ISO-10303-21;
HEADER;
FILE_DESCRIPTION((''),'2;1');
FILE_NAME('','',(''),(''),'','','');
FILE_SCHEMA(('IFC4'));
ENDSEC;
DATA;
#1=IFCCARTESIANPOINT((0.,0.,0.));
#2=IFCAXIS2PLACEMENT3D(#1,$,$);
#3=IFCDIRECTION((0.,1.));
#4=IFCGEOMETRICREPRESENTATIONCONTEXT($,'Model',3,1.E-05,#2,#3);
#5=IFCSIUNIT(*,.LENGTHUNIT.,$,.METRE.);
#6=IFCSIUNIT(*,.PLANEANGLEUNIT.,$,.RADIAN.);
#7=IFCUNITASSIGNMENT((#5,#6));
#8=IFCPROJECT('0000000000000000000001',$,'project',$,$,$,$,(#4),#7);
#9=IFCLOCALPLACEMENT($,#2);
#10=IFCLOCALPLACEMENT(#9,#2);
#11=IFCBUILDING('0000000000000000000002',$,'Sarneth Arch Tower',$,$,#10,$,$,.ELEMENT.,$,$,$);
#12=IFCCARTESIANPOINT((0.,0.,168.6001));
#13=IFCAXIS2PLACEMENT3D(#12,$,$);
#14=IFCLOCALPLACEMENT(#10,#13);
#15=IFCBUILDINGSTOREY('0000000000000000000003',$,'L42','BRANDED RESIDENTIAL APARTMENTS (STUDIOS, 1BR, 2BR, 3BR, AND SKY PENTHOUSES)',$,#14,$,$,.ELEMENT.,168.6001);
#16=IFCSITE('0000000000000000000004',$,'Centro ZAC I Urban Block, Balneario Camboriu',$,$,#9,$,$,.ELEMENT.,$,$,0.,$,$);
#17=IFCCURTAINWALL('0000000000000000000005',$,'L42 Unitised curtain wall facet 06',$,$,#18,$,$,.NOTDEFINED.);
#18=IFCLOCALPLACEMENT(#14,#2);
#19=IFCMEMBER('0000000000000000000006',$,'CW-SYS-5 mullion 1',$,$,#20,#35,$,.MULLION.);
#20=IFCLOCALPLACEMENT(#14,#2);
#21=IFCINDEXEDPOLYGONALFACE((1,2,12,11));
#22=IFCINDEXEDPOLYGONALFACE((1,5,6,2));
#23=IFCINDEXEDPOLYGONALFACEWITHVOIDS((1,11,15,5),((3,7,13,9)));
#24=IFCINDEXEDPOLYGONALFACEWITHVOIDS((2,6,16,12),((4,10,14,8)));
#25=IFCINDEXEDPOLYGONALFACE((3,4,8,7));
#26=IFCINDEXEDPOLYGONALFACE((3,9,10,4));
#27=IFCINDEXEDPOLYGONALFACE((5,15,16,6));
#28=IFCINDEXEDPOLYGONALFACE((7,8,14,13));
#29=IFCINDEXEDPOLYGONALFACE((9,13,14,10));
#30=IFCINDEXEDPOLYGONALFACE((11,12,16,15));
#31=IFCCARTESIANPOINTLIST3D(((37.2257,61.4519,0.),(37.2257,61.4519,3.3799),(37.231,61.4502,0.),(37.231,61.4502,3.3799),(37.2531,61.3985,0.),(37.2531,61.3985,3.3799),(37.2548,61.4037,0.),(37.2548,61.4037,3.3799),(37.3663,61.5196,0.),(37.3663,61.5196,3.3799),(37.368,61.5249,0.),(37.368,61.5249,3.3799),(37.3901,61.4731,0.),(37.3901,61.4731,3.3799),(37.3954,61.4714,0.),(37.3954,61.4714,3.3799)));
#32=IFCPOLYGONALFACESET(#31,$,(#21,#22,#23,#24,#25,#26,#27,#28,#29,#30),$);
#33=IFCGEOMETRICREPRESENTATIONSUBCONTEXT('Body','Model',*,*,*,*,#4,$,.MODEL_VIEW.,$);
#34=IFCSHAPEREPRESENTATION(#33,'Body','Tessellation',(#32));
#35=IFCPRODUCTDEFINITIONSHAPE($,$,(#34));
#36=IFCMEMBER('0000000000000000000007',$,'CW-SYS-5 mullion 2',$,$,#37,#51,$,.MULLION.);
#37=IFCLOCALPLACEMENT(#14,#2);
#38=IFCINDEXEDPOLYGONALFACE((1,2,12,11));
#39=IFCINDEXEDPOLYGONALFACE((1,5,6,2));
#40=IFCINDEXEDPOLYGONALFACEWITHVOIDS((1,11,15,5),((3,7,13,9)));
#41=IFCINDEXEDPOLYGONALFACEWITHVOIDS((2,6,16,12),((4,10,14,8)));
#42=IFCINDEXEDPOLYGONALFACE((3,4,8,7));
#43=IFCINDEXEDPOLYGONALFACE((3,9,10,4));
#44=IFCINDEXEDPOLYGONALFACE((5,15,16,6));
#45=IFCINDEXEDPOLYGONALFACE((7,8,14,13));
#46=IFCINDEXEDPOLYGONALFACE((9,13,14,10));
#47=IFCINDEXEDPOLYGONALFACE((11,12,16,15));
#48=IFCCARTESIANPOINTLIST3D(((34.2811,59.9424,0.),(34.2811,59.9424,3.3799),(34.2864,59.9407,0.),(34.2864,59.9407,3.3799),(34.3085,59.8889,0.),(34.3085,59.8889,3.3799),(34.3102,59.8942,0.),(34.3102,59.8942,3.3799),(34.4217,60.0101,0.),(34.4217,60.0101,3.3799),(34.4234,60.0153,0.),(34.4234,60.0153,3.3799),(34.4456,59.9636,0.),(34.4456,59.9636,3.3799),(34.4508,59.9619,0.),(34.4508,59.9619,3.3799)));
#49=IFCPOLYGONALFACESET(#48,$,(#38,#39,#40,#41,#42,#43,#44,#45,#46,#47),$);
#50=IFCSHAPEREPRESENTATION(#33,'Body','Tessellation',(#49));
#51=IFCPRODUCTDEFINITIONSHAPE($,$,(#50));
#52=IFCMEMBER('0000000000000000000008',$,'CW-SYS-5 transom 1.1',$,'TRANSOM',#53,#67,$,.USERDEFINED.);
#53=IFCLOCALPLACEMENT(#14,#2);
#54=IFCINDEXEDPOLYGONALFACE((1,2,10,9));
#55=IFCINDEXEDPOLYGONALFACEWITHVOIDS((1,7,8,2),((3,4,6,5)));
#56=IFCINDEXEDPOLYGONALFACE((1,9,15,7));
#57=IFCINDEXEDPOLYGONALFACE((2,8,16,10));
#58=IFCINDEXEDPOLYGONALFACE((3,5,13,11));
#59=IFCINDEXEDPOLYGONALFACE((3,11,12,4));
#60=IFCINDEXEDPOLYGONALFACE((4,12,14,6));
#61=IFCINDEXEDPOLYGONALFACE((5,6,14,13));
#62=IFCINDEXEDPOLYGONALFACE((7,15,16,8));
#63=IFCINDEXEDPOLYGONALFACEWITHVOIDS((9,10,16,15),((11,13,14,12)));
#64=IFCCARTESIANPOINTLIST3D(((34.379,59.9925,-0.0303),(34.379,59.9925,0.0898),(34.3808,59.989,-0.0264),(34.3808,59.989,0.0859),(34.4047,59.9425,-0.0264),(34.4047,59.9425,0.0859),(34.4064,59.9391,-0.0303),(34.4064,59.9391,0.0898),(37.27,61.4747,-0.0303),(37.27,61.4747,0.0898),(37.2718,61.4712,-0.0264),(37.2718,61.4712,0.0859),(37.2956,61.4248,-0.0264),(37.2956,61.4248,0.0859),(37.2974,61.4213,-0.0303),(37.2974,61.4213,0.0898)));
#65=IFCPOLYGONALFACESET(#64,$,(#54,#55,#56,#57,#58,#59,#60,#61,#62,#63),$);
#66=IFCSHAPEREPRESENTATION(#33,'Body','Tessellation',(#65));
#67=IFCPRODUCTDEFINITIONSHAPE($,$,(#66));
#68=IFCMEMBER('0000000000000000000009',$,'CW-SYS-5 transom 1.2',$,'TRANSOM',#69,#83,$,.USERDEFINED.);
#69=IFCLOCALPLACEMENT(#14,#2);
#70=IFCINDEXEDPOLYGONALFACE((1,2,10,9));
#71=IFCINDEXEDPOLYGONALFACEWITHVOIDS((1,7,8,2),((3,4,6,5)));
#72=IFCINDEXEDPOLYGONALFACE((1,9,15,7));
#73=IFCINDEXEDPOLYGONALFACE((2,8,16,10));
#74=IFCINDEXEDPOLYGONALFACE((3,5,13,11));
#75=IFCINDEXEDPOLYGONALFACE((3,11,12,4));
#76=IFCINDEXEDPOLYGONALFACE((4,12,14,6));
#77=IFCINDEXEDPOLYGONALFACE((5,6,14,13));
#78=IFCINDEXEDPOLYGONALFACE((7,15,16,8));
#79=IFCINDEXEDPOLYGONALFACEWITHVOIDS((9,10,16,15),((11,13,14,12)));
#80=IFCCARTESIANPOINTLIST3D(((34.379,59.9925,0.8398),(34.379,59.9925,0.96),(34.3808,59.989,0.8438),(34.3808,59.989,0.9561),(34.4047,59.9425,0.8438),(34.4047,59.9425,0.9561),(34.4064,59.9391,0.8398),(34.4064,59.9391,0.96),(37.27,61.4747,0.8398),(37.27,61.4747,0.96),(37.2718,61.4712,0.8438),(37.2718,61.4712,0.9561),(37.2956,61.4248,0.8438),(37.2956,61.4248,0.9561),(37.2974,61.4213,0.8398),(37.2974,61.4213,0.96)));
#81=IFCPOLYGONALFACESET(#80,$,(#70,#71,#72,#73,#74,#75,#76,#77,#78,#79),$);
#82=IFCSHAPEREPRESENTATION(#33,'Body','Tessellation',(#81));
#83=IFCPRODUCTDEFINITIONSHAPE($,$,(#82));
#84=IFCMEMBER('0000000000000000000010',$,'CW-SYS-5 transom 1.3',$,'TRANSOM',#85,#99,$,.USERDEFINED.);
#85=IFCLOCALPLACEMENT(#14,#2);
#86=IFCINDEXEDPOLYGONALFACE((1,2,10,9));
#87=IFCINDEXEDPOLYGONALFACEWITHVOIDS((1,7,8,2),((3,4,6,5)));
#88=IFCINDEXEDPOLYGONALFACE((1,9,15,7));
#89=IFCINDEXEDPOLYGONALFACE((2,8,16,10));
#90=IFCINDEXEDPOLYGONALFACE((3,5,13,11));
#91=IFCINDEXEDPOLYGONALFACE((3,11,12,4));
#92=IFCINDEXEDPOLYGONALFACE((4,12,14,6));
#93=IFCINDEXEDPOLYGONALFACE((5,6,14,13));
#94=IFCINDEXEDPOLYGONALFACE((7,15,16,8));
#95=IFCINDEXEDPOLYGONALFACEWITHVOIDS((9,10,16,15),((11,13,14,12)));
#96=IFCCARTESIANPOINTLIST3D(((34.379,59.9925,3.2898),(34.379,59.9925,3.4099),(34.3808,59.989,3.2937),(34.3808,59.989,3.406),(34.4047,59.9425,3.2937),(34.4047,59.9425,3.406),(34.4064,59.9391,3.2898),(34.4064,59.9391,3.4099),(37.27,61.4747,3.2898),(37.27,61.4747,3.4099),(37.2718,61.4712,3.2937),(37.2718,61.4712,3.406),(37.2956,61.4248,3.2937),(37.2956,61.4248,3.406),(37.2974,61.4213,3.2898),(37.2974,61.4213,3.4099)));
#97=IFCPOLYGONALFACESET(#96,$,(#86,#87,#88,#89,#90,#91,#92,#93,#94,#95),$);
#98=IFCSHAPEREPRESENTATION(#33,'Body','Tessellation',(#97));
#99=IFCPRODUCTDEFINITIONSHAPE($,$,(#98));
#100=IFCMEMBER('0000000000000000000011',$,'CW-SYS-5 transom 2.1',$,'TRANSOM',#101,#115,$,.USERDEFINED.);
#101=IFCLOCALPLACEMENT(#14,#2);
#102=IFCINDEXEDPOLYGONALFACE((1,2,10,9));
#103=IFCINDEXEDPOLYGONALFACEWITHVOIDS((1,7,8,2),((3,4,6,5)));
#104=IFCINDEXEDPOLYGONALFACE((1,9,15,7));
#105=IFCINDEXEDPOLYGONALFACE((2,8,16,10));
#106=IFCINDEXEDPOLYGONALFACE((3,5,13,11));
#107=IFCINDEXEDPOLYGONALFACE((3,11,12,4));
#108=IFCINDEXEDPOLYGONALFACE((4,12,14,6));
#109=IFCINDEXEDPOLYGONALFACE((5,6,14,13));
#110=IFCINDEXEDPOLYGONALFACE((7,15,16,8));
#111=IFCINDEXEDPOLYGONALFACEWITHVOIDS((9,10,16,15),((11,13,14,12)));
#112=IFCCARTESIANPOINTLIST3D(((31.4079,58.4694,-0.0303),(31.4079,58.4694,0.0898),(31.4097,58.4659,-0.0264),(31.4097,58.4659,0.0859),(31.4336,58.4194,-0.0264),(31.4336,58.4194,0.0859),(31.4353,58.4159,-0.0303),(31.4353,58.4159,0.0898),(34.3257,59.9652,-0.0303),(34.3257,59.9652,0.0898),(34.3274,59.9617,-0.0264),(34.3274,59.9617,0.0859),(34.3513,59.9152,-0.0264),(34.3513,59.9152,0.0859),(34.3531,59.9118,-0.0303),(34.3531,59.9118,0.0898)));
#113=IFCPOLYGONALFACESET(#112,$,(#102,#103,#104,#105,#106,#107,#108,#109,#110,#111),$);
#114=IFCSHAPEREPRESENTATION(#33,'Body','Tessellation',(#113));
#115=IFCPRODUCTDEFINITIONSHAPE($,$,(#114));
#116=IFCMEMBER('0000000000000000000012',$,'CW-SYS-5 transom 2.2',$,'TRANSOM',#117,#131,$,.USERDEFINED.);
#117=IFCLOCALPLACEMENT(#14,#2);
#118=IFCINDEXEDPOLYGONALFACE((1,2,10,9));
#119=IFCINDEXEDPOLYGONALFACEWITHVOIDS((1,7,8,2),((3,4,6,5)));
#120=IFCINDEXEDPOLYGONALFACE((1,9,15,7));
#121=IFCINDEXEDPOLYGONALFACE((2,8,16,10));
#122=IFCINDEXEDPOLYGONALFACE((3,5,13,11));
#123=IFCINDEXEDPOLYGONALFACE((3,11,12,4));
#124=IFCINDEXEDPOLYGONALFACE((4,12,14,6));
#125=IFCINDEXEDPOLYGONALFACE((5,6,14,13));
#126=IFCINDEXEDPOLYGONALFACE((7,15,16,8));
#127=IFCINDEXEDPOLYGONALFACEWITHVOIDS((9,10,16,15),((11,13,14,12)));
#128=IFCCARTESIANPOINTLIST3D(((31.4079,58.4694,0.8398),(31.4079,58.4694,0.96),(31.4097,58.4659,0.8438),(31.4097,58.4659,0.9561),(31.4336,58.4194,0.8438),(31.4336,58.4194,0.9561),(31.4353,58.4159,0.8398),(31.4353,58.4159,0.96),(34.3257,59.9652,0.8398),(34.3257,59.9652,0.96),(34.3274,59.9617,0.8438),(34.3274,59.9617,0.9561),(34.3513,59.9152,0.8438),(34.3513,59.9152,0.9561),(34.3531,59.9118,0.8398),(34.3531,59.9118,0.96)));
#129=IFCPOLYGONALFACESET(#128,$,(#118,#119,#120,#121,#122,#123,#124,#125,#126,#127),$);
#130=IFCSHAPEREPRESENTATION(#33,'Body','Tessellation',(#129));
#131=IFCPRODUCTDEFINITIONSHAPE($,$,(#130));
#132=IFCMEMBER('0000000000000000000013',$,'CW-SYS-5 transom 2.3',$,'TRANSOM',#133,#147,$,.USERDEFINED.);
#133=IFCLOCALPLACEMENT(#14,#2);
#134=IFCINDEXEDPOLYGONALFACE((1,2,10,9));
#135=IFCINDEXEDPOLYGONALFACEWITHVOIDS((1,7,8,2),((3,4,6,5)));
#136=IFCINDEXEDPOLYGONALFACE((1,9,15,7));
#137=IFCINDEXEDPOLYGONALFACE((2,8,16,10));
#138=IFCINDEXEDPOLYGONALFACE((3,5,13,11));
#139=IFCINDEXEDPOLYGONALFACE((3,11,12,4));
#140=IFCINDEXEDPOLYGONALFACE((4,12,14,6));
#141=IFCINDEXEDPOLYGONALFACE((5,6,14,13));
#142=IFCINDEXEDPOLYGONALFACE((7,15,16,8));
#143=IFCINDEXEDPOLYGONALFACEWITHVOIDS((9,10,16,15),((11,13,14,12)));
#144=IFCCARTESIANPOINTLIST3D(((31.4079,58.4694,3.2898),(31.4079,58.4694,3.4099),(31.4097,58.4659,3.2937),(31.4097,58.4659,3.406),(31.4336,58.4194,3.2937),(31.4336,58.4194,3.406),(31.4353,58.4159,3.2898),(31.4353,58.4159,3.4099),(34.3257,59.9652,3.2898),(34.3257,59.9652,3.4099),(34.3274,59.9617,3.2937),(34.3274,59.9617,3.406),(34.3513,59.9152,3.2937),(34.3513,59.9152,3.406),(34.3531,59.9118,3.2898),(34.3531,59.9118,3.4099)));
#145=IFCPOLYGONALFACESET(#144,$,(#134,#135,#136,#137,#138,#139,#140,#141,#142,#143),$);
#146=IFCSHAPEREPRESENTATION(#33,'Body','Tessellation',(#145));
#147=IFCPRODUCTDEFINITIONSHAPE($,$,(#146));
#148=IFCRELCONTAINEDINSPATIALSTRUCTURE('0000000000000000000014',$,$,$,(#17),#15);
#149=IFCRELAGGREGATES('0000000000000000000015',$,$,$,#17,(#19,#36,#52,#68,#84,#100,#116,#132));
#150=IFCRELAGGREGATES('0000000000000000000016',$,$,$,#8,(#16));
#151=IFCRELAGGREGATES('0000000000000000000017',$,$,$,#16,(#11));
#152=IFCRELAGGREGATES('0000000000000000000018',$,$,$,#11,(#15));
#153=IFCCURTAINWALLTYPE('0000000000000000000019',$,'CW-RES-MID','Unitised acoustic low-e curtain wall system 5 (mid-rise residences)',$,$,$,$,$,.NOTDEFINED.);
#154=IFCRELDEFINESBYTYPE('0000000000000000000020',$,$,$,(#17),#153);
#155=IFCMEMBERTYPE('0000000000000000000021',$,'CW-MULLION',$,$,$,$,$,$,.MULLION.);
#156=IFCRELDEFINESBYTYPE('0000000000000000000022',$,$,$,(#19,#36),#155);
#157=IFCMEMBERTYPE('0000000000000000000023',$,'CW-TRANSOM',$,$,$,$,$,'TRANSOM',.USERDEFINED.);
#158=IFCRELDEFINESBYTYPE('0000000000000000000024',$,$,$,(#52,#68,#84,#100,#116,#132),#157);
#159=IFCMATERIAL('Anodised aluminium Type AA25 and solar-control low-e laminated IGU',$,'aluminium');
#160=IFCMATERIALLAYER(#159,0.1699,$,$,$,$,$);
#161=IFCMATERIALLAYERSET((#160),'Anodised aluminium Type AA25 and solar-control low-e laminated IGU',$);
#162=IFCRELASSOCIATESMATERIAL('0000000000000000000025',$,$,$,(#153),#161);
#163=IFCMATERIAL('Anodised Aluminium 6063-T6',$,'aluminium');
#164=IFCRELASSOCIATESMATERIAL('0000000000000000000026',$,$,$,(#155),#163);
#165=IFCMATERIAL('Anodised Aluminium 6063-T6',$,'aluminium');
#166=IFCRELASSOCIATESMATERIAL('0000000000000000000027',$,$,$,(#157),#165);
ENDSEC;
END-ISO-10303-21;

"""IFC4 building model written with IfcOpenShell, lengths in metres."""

from ifc_helpers import new_model, si_unit, direction, frame, origin, origin_2d, place, context, subcontext, project, spatial, hollow_rectangle, extrude, material, layer, layer_set, material_profile, profile_set, type_object, element, aggregate, save


model = new_model("IFC4")

# Units and contexts
model_context = context("Model", 3, precision=1e-05, world=origin(), true_north=direction((0.0, 1.0)))
body_context = subcontext(model_context, "Body", "Model", "MODEL_VIEW")
ifc_project = project(units=[si_unit("LENGTHUNIT", "METRE"), si_unit("PLANEANGLEUNIT", "RADIAN")], contexts=[model_context])

# Site, building, storey
site_placement = place(None, origin())
site = spatial("IfcSite", under=ifc_project, at=site_placement, Name="Centro ZAC I Urban Block, Balneario Camboriu", CompositionType="ELEMENT", RefElevation=0.0)
building_placement = place(site_placement, origin())
building = spatial("IfcBuilding", under=site, at=building_placement, Name="Sarneth Arch Tower", CompositionType="ELEMENT")
storey_placement = place(building_placement, frame((0.0, 0.0, 168.6001)))
storey = spatial("IfcBuildingStorey", under=building, at=storey_placement, Name="L42", Description="BRANDED RESIDENTIAL APARTMENTS (STUDIOS, 1BR, 2BR, 3BR, AND SKY PENTHOUSES)", CompositionType="ELEMENT", Elevation=168.6001)

# Curtain wall, members
ifc_material_1 = material(Name="Anodised aluminium Type AA25 and solar-control low-e laminated IGU", Category="aluminium")
ifc_layer_1 = layer(ifc_material_1, 0.1699)
ifc_layer_set_1 = layer_set([ifc_layer_1], Name="Anodised aluminium Type AA25 and solar-control low-e laminated IGU")
curtain_wall_type = type_object("IfcCurtainWallType", Name="CW-RES-MID", Description="Unitised acoustic low-e curtain wall system 5 (mid-rise residences)", PredefinedType="NOTDEFINED", material=ifc_layer_set_1)
curtain_wall_placement = place(storey_placement, origin())
curtain_wall = element("IfcCurtainWall", 1, at=curtain_wall_placement, inside=storey, type_object=curtain_wall_type, Name="L42 Unitised curtain wall facet 06", PredefinedType="NOTDEFINED")
ifc_material_2 = material(Name="Anodised Aluminium 6063-T6", Category="aluminium")
ifc_material_profile_1 = material_profile(ifc_material_2, hollow_rectangle(XDim=0.0601, YDim=0.1599, WallThickness=0.0039, at=origin_2d()), Name="AL-MULL-160x60x4")
ifc_profile_set_1 = profile_set([ifc_material_profile_1], Name="Anodised Aluminium 6063-T6")
member_type_1 = type_object("IfcMemberType", Name="CW-MULLION", PredefinedType="MULLION", material=ifc_profile_set_1)
member_1_placement = place(storey_placement, frame((37.3105, 61.4617, 0.0), z_axis=(0.0, 0.0, 1.0), x_axis=(0.456208, -0.889873, 0.0)))
member_1 = element("IfcMember", 2, at=member_1_placement, type_object=member_type_1, Name="CW-SYS-5 mullion 1", PredefinedType="MULLION", context=body_context, shape_type="SweptSolid", body=[
    extrude(hollow_rectangle(XDim=0.0601, YDim=0.1599, WallThickness=0.0039, at=origin_2d()), origin(), (0.0, 0.0, 1.0), 3.3799),
])
member_2_placement = place(storey_placement, frame((34.366, 59.9521, 0.0), z_axis=(0.0, 0.0, 1.0), x_axis=(0.456208, -0.889873, 0.0)))
member_2 = element("IfcMember", 3, at=member_2_placement, type_object=member_type_1, Name="CW-SYS-5 mullion 2", PredefinedType="MULLION", context=body_context, shape_type="SweptSolid", body=[
    extrude(hollow_rectangle(XDim=0.0601, YDim=0.1599, WallThickness=0.0039, at=origin_2d()), origin(), (0.0, 0.0, 1.0), 3.3799),
])
ifc_material_3 = material(Name="Anodised Aluminium 6063-T6", Category="aluminium")
ifc_material_profile_2 = material_profile(ifc_material_3, hollow_rectangle(XDim=0.0601, YDim=0.1201, WallThickness=0.0039, at=origin_2d()), Name="AL-TRAN-120x60x4")
ifc_profile_set_2 = profile_set([ifc_material_profile_2], Name="Anodised Aluminium 6063-T6")
member_type_2 = type_object("IfcMemberType", Name="CW-TRANSOM", ElementType="TRANSOM", PredefinedType="USERDEFINED", material=ifc_profile_set_2)
member_3_placement = place(storey_placement, frame((37.2837, 61.448, 0.0298), z_axis=(-0.889857, -0.456239, 0.0), x_axis=(0.456239, -0.889857, 0.0)))
member_3 = element("IfcMember", 4, at=member_3_placement, type_object=member_type_2, Name="CW-SYS-5 transom 1.1", ObjectType="TRANSOM", PredefinedType="USERDEFINED", context=body_context, shape_type="SweptSolid", body=[
    extrude(hollow_rectangle(XDim=0.0601, YDim=0.1201, WallThickness=0.0039, at=origin_2d()), origin(), (0.0, 0.0, 1.0), 3.2488),
])
member_4_placement = place(storey_placement, frame((37.2837, 61.448, 0.8999), z_axis=(-0.889857, -0.456239, 0.0), x_axis=(0.456239, -0.889857, 0.0)))
member_4 = element("IfcMember", 5, at=member_4_placement, type_object=member_type_2, Name="CW-SYS-5 transom 1.2", ObjectType="TRANSOM", PredefinedType="USERDEFINED", context=body_context, shape_type="SweptSolid", body=[
    extrude(hollow_rectangle(XDim=0.0601, YDim=0.1201, WallThickness=0.0039, at=origin_2d()), origin(), (0.0, 0.0, 1.0), 3.2488),
])
member_5_placement = place(storey_placement, frame((37.2837, 61.448, 3.3499), z_axis=(-0.889857, -0.456239, 0.0), x_axis=(0.456239, -0.889857, 0.0)))
member_5 = element("IfcMember", 6, at=member_5_placement, type_object=member_type_2, Name="CW-SYS-5 transom 1.3", ObjectType="TRANSOM", PredefinedType="USERDEFINED", context=body_context, shape_type="SweptSolid", body=[
    extrude(hollow_rectangle(XDim=0.0601, YDim=0.1201, WallThickness=0.0039, at=origin_2d()), origin(), (0.0, 0.0, 1.0), 3.2488),
])
member_6_placement = place(storey_placement, frame((34.3394, 59.9385, 0.0298), z_axis=(-0.889869, -0.456215, 0.0), x_axis=(0.456215, -0.889869, 0.0)))
member_6 = element("IfcMember", 7, at=member_6_placement, type_object=member_type_2, Name="CW-SYS-5 transom 2.1", ObjectType="TRANSOM", PredefinedType="USERDEFINED", context=body_context, shape_type="SweptSolid", body=[
    extrude(hollow_rectangle(XDim=0.0601, YDim=0.1201, WallThickness=0.0039, at=origin_2d()), origin(), (0.0, 0.0, 1.0), 3.2788),
])
member_7_placement = place(storey_placement, frame((34.3394, 59.9385, 0.8999), z_axis=(-0.889869, -0.456215, 0.0), x_axis=(0.456215, -0.889869, 0.0)))
member_7 = element("IfcMember", 8, at=member_7_placement, type_object=member_type_2, Name="CW-SYS-5 transom 2.2", ObjectType="TRANSOM", PredefinedType="USERDEFINED", context=body_context, shape_type="SweptSolid", body=[
    extrude(hollow_rectangle(XDim=0.0601, YDim=0.1201, WallThickness=0.0039, at=origin_2d()), origin(), (0.0, 0.0, 1.0), 3.2788),
])
member_8_placement = place(storey_placement, frame((34.3394, 59.9385, 3.3499), z_axis=(-0.889869, -0.456215, 0.0), x_axis=(0.456215, -0.889869, 0.0)))
member_8 = element("IfcMember", 9, at=member_8_placement, type_object=member_type_2, Name="CW-SYS-5 transom 2.3", ObjectType="TRANSOM", PredefinedType="USERDEFINED", context=body_context, shape_type="SweptSolid", body=[
    extrude(hollow_rectangle(XDim=0.0601, YDim=0.1201, WallThickness=0.0039, at=origin_2d()), origin(), (0.0, 0.0, 1.0), 3.2788),
])

aggregate(curtain_wall, [member_1, member_2, member_3, member_4, member_5, member_6, member_7, member_8])

save(model, "model.ifc")
